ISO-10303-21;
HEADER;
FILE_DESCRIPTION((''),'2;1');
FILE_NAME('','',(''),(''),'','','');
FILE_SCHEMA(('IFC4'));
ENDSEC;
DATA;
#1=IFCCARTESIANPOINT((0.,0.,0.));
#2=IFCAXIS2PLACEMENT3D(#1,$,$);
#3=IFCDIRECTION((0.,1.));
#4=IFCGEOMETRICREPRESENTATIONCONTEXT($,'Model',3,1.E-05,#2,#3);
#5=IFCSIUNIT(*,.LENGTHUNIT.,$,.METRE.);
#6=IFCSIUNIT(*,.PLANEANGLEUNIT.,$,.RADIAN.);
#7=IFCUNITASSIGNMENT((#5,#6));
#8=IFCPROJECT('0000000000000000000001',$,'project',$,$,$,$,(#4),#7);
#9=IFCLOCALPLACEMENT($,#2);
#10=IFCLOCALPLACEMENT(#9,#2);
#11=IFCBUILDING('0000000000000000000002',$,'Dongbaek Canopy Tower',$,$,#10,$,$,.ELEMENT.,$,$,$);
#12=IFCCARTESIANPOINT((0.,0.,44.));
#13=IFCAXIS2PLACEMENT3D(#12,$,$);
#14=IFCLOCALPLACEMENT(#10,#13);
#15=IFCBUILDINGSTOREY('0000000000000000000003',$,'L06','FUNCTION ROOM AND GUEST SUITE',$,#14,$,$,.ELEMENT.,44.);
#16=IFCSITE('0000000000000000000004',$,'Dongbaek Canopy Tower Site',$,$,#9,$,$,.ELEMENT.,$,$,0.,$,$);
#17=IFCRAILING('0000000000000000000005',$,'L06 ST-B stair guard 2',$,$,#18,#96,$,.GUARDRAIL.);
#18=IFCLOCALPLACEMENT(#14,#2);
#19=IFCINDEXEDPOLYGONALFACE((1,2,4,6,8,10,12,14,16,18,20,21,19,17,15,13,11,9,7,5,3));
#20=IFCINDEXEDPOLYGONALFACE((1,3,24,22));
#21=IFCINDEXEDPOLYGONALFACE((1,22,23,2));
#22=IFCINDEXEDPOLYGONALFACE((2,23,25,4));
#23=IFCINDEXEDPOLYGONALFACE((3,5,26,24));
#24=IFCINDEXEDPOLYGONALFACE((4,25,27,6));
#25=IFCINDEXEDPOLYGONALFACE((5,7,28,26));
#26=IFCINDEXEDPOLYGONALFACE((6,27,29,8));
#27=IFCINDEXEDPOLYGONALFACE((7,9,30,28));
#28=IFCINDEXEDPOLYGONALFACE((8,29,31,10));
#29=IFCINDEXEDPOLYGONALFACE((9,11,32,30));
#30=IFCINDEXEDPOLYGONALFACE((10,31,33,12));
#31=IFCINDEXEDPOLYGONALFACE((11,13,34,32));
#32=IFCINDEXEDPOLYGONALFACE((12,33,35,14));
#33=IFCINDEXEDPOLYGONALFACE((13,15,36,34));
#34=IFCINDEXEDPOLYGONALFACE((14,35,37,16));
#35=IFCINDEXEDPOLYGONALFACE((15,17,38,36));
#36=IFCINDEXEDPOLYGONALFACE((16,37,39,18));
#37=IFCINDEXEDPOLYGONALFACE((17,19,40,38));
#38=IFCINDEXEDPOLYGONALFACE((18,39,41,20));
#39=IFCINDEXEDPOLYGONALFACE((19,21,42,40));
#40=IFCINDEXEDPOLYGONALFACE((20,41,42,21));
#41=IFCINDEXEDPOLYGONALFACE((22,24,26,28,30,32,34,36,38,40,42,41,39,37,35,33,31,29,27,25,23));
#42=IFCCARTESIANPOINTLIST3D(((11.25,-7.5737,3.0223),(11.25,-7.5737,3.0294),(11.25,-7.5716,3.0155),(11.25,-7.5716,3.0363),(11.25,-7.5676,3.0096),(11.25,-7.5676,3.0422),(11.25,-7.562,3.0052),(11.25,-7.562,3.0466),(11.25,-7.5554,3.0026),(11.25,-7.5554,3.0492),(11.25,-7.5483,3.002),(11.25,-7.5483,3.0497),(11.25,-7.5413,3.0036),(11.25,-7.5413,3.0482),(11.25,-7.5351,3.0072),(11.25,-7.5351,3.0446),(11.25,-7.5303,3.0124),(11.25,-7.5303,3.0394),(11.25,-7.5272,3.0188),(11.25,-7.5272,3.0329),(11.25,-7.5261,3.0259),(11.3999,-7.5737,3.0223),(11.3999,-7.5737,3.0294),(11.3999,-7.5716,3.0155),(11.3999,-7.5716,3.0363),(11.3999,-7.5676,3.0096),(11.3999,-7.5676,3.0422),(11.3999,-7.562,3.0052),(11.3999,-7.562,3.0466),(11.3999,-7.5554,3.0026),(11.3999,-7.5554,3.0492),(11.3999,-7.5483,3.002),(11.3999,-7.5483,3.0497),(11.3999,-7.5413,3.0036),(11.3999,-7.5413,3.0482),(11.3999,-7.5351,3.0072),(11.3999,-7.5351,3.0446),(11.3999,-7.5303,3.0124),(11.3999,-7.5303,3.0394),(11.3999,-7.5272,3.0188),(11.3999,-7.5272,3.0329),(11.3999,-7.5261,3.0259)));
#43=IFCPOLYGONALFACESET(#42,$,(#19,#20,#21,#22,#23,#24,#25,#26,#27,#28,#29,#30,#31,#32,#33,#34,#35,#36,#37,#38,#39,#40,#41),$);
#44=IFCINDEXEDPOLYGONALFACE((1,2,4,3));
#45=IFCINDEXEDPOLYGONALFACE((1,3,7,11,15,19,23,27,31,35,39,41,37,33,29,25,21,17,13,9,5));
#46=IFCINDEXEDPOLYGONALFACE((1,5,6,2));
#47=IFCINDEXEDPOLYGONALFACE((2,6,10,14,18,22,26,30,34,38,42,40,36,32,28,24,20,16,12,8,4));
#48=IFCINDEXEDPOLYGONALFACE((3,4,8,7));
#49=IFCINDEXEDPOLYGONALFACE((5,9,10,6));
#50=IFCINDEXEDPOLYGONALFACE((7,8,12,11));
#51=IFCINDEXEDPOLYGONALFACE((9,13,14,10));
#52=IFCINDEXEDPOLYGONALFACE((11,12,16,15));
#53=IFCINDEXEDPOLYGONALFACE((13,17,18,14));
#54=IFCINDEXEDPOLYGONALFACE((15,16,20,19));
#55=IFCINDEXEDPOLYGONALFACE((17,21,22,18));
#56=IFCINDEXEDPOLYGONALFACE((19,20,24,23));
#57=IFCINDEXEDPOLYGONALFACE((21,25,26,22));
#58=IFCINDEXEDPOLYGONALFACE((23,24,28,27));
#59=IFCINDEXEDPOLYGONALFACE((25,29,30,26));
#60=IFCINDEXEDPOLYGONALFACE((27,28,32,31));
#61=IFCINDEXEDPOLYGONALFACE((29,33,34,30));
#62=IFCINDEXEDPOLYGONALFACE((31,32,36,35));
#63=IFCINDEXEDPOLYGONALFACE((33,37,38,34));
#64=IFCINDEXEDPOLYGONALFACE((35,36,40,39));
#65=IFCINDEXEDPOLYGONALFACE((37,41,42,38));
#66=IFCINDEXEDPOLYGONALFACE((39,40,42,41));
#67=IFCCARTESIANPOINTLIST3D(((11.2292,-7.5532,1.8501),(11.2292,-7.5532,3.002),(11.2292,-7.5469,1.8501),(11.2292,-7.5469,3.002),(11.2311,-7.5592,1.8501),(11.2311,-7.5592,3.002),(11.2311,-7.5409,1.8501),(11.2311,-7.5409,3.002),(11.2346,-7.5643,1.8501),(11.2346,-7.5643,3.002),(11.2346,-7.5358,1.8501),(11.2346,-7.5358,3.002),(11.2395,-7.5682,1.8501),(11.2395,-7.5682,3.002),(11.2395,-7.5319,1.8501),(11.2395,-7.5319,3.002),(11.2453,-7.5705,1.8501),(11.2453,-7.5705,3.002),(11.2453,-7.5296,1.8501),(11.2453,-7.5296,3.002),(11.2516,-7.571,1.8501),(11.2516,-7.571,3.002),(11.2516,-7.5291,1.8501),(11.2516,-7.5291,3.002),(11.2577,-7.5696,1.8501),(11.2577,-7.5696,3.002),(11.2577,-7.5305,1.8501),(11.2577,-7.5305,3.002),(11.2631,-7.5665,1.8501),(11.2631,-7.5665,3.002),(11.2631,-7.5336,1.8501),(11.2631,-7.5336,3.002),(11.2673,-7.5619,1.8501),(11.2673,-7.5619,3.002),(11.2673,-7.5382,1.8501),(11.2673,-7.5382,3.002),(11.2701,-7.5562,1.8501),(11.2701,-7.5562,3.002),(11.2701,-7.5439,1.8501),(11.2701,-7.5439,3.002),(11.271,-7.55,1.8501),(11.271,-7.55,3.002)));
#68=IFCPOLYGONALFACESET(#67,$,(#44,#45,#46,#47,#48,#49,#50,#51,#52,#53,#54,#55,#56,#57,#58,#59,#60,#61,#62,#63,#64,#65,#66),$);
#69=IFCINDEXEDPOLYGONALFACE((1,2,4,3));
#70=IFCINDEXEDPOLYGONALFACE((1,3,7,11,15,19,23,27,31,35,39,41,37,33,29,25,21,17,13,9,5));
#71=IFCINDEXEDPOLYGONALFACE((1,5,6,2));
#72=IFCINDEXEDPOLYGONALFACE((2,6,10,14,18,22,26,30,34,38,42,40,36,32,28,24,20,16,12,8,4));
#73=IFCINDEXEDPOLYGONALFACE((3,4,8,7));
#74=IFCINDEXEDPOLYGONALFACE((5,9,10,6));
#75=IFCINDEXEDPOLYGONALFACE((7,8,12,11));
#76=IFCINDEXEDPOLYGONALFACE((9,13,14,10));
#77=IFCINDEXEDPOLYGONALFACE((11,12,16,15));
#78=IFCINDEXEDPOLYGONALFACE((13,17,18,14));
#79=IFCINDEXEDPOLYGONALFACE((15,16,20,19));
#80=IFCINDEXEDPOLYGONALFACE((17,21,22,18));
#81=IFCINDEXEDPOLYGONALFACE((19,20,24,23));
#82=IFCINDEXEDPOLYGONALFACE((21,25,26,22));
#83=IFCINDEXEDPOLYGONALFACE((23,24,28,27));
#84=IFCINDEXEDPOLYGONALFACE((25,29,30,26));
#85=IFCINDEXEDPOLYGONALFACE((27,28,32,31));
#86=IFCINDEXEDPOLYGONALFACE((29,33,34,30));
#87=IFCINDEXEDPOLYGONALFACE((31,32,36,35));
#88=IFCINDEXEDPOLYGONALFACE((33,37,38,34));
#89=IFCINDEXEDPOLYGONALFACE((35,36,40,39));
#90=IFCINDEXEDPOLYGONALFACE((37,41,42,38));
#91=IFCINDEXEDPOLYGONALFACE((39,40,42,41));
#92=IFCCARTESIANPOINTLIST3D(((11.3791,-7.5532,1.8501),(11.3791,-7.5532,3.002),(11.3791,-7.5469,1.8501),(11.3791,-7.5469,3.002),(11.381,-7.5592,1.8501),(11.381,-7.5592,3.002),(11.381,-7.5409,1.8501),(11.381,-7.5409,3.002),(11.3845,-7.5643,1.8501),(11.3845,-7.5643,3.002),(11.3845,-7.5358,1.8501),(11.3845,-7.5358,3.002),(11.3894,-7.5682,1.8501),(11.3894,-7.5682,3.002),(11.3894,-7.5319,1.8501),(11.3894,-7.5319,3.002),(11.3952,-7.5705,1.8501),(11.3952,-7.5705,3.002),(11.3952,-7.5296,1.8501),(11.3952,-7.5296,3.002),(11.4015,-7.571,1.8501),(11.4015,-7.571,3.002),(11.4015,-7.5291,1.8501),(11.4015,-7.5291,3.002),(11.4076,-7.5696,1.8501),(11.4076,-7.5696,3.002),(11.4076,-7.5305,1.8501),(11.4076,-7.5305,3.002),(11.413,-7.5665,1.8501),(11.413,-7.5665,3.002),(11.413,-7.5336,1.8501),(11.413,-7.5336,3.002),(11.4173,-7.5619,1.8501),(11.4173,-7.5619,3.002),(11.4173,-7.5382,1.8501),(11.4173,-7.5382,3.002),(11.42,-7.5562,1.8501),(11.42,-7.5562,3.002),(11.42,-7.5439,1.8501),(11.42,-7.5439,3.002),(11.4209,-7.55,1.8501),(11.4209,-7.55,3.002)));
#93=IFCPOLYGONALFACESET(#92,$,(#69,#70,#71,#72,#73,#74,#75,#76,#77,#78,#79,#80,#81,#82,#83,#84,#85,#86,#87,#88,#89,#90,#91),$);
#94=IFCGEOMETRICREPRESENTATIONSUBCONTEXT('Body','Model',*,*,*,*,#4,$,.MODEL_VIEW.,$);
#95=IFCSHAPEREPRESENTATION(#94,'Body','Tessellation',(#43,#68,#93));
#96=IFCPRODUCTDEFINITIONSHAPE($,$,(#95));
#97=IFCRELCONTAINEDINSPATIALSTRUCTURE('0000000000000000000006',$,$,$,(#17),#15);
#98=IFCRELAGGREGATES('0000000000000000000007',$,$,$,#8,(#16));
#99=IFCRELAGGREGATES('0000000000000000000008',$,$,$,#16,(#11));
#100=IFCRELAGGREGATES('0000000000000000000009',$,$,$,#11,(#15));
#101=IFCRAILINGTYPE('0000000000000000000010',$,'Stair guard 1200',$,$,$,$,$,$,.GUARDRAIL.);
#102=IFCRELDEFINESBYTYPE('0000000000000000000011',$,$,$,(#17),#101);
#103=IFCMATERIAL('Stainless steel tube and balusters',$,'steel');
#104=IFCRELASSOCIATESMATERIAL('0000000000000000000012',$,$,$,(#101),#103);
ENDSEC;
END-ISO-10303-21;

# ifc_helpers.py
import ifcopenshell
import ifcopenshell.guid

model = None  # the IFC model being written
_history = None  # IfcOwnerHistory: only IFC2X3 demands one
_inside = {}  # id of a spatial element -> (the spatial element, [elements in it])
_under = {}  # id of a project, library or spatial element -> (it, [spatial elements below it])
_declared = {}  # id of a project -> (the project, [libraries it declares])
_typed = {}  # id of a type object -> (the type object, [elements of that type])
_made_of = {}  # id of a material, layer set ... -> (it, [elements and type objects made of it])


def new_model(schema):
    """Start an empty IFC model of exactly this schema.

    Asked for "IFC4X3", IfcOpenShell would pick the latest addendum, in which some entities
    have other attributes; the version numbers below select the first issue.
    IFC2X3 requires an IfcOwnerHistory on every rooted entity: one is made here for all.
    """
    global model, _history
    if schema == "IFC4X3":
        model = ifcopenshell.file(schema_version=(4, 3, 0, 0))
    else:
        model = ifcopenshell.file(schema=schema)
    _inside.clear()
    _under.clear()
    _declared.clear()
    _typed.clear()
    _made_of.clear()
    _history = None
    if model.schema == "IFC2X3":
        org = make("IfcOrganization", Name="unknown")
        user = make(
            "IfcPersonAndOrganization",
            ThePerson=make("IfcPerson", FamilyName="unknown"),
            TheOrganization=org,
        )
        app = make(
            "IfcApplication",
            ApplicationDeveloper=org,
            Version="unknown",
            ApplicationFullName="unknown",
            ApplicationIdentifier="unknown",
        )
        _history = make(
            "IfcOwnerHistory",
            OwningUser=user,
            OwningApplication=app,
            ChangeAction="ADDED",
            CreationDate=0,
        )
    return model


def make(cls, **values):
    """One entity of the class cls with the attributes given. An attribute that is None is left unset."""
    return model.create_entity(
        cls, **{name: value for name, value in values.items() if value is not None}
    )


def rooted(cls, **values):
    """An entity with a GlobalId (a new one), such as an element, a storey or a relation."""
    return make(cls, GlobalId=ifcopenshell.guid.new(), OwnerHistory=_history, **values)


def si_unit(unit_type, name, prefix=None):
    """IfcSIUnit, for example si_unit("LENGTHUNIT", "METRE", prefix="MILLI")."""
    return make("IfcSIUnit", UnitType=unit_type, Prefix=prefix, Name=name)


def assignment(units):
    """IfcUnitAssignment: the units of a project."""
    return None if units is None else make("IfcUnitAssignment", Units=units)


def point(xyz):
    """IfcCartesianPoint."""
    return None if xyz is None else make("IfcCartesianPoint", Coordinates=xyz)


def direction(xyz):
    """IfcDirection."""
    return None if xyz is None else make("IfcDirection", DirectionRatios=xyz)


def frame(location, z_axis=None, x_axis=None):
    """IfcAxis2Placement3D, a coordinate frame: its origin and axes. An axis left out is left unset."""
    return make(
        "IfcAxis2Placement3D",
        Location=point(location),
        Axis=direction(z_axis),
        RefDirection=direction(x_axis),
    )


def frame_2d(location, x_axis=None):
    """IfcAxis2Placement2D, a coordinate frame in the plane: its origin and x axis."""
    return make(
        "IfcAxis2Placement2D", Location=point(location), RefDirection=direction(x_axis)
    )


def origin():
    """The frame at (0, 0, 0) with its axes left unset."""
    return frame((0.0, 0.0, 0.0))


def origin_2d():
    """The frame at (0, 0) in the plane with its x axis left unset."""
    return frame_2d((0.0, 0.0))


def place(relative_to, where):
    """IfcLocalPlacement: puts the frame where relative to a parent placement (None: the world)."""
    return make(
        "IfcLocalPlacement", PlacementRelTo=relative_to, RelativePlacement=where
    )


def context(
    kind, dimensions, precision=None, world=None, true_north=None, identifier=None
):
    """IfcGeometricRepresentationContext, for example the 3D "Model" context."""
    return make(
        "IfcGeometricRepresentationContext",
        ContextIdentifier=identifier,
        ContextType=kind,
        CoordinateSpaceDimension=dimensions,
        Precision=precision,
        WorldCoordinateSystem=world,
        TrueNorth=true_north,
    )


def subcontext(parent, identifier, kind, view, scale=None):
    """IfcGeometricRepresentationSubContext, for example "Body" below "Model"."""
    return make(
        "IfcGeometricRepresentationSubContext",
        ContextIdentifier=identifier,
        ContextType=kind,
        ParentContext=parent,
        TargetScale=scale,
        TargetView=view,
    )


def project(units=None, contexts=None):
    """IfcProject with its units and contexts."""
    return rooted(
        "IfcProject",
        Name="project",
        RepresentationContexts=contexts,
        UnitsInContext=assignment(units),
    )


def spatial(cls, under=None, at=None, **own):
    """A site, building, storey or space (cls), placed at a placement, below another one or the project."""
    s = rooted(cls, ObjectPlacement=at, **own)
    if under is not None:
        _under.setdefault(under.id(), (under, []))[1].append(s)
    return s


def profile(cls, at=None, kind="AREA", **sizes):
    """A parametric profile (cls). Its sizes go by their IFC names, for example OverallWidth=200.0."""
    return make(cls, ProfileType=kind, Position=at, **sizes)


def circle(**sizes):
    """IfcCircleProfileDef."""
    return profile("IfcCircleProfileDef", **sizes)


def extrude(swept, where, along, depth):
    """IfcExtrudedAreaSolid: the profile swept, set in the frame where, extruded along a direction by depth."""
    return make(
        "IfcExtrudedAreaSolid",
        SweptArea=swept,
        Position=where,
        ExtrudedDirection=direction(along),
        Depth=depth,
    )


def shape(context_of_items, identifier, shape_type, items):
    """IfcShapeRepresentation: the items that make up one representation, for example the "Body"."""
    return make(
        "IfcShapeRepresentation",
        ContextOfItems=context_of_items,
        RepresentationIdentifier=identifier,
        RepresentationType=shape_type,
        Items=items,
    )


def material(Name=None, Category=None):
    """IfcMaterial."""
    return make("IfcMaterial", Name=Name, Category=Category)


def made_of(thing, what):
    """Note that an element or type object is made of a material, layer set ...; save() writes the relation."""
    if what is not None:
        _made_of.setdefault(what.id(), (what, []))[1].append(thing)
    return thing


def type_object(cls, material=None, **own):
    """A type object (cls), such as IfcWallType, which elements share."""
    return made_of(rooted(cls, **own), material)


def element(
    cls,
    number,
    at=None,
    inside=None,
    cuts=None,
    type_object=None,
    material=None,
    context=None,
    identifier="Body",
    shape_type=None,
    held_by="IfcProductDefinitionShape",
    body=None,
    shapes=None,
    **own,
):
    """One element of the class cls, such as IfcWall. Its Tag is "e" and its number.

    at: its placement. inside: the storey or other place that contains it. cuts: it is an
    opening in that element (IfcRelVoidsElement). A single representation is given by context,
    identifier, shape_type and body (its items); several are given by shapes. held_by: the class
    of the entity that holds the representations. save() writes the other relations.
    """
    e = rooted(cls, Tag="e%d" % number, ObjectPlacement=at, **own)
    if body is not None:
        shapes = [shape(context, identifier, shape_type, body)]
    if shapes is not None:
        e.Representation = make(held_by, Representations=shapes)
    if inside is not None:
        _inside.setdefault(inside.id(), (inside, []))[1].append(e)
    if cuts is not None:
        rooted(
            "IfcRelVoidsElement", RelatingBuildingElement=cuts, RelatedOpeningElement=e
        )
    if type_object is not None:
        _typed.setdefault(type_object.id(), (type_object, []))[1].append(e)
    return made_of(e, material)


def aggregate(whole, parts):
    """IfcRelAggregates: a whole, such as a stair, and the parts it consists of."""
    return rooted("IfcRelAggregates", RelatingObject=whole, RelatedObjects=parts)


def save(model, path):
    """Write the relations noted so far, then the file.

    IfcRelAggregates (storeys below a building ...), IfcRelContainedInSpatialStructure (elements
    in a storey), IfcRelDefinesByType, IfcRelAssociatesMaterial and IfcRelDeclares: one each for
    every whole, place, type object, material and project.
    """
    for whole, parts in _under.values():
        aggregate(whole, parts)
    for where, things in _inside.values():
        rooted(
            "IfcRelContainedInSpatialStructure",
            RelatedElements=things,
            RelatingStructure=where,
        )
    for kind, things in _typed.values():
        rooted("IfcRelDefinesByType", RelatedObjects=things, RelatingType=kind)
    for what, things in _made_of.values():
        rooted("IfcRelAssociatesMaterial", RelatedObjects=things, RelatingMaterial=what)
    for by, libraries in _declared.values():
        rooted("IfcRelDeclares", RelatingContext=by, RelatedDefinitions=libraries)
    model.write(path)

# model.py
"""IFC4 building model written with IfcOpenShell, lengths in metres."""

from ifc_helpers import new_model, si_unit, direction, frame, origin, origin_2d, place, context, subcontext, project, spatial, circle, extrude, material, type_object, element, save


model = new_model("IFC4")

# Units and contexts
model_context = context("Model", 3, precision=1e-05, world=origin(), true_north=direction((0.0, 1.0)))
body_context = subcontext(model_context, "Body", "Model", "MODEL_VIEW")
ifc_project = project(units=[si_unit("LENGTHUNIT", "METRE"), si_unit("PLANEANGLEUNIT", "RADIAN")], contexts=[model_context])

# Site, building, storey
site_placement = place(None, origin())
site = spatial("IfcSite", under=ifc_project, at=site_placement, Name="Dongbaek Canopy Tower Site", CompositionType="ELEMENT", RefElevation=0.0)
building_placement = place(site_placement, origin())
building = spatial("IfcBuilding", under=site, at=building_placement, Name="Dongbaek Canopy Tower", CompositionType="ELEMENT")
storey_placement = place(building_placement, frame((0.0, 0.0, 44.0)))
storey = spatial("IfcBuildingStorey", under=building, at=storey_placement, Name="L06", Description="FUNCTION ROOM AND GUEST SUITE", CompositionType="ELEMENT", Elevation=44.0)

# Railing
ifc_material_1 = material(Name="Stainless steel tube and balusters", Category="steel")
railing_type_1 = type_object("IfcRailingType", Name="Stair guard 1200", PredefinedType="GUARDRAIL", material=ifc_material_1)
railing_1_placement = place(storey_placement, frame((11.25, -7.55, 1.8501)))
element("IfcRailing", 1, at=railing_1_placement, inside=storey, type_object=railing_type_1, Name="L06 ST-B stair guard 2", PredefinedType="GUARDRAIL", context=body_context, shape_type="SweptSolid", body=[
    extrude(circle(Radius=0.0239, at=origin_2d()), frame((0.0, 0.0, 1.1758), z_axis=(1.0, 0.0, 0.0), x_axis=(0.0, 1.0, 0.0)), (0.0, 0.0, 1.0), 0.1499),
    extrude(circle(Radius=0.021, at=origin_2d()), origin(), (0.0, 0.0, 1.0), 1.1519),
    extrude(circle(Radius=0.021, at=origin_2d()), frame((0.1499, 0.0, 0.0)), (0.0, 0.0, 1.0), 1.1519),
])

save(model, "model.ifc")
